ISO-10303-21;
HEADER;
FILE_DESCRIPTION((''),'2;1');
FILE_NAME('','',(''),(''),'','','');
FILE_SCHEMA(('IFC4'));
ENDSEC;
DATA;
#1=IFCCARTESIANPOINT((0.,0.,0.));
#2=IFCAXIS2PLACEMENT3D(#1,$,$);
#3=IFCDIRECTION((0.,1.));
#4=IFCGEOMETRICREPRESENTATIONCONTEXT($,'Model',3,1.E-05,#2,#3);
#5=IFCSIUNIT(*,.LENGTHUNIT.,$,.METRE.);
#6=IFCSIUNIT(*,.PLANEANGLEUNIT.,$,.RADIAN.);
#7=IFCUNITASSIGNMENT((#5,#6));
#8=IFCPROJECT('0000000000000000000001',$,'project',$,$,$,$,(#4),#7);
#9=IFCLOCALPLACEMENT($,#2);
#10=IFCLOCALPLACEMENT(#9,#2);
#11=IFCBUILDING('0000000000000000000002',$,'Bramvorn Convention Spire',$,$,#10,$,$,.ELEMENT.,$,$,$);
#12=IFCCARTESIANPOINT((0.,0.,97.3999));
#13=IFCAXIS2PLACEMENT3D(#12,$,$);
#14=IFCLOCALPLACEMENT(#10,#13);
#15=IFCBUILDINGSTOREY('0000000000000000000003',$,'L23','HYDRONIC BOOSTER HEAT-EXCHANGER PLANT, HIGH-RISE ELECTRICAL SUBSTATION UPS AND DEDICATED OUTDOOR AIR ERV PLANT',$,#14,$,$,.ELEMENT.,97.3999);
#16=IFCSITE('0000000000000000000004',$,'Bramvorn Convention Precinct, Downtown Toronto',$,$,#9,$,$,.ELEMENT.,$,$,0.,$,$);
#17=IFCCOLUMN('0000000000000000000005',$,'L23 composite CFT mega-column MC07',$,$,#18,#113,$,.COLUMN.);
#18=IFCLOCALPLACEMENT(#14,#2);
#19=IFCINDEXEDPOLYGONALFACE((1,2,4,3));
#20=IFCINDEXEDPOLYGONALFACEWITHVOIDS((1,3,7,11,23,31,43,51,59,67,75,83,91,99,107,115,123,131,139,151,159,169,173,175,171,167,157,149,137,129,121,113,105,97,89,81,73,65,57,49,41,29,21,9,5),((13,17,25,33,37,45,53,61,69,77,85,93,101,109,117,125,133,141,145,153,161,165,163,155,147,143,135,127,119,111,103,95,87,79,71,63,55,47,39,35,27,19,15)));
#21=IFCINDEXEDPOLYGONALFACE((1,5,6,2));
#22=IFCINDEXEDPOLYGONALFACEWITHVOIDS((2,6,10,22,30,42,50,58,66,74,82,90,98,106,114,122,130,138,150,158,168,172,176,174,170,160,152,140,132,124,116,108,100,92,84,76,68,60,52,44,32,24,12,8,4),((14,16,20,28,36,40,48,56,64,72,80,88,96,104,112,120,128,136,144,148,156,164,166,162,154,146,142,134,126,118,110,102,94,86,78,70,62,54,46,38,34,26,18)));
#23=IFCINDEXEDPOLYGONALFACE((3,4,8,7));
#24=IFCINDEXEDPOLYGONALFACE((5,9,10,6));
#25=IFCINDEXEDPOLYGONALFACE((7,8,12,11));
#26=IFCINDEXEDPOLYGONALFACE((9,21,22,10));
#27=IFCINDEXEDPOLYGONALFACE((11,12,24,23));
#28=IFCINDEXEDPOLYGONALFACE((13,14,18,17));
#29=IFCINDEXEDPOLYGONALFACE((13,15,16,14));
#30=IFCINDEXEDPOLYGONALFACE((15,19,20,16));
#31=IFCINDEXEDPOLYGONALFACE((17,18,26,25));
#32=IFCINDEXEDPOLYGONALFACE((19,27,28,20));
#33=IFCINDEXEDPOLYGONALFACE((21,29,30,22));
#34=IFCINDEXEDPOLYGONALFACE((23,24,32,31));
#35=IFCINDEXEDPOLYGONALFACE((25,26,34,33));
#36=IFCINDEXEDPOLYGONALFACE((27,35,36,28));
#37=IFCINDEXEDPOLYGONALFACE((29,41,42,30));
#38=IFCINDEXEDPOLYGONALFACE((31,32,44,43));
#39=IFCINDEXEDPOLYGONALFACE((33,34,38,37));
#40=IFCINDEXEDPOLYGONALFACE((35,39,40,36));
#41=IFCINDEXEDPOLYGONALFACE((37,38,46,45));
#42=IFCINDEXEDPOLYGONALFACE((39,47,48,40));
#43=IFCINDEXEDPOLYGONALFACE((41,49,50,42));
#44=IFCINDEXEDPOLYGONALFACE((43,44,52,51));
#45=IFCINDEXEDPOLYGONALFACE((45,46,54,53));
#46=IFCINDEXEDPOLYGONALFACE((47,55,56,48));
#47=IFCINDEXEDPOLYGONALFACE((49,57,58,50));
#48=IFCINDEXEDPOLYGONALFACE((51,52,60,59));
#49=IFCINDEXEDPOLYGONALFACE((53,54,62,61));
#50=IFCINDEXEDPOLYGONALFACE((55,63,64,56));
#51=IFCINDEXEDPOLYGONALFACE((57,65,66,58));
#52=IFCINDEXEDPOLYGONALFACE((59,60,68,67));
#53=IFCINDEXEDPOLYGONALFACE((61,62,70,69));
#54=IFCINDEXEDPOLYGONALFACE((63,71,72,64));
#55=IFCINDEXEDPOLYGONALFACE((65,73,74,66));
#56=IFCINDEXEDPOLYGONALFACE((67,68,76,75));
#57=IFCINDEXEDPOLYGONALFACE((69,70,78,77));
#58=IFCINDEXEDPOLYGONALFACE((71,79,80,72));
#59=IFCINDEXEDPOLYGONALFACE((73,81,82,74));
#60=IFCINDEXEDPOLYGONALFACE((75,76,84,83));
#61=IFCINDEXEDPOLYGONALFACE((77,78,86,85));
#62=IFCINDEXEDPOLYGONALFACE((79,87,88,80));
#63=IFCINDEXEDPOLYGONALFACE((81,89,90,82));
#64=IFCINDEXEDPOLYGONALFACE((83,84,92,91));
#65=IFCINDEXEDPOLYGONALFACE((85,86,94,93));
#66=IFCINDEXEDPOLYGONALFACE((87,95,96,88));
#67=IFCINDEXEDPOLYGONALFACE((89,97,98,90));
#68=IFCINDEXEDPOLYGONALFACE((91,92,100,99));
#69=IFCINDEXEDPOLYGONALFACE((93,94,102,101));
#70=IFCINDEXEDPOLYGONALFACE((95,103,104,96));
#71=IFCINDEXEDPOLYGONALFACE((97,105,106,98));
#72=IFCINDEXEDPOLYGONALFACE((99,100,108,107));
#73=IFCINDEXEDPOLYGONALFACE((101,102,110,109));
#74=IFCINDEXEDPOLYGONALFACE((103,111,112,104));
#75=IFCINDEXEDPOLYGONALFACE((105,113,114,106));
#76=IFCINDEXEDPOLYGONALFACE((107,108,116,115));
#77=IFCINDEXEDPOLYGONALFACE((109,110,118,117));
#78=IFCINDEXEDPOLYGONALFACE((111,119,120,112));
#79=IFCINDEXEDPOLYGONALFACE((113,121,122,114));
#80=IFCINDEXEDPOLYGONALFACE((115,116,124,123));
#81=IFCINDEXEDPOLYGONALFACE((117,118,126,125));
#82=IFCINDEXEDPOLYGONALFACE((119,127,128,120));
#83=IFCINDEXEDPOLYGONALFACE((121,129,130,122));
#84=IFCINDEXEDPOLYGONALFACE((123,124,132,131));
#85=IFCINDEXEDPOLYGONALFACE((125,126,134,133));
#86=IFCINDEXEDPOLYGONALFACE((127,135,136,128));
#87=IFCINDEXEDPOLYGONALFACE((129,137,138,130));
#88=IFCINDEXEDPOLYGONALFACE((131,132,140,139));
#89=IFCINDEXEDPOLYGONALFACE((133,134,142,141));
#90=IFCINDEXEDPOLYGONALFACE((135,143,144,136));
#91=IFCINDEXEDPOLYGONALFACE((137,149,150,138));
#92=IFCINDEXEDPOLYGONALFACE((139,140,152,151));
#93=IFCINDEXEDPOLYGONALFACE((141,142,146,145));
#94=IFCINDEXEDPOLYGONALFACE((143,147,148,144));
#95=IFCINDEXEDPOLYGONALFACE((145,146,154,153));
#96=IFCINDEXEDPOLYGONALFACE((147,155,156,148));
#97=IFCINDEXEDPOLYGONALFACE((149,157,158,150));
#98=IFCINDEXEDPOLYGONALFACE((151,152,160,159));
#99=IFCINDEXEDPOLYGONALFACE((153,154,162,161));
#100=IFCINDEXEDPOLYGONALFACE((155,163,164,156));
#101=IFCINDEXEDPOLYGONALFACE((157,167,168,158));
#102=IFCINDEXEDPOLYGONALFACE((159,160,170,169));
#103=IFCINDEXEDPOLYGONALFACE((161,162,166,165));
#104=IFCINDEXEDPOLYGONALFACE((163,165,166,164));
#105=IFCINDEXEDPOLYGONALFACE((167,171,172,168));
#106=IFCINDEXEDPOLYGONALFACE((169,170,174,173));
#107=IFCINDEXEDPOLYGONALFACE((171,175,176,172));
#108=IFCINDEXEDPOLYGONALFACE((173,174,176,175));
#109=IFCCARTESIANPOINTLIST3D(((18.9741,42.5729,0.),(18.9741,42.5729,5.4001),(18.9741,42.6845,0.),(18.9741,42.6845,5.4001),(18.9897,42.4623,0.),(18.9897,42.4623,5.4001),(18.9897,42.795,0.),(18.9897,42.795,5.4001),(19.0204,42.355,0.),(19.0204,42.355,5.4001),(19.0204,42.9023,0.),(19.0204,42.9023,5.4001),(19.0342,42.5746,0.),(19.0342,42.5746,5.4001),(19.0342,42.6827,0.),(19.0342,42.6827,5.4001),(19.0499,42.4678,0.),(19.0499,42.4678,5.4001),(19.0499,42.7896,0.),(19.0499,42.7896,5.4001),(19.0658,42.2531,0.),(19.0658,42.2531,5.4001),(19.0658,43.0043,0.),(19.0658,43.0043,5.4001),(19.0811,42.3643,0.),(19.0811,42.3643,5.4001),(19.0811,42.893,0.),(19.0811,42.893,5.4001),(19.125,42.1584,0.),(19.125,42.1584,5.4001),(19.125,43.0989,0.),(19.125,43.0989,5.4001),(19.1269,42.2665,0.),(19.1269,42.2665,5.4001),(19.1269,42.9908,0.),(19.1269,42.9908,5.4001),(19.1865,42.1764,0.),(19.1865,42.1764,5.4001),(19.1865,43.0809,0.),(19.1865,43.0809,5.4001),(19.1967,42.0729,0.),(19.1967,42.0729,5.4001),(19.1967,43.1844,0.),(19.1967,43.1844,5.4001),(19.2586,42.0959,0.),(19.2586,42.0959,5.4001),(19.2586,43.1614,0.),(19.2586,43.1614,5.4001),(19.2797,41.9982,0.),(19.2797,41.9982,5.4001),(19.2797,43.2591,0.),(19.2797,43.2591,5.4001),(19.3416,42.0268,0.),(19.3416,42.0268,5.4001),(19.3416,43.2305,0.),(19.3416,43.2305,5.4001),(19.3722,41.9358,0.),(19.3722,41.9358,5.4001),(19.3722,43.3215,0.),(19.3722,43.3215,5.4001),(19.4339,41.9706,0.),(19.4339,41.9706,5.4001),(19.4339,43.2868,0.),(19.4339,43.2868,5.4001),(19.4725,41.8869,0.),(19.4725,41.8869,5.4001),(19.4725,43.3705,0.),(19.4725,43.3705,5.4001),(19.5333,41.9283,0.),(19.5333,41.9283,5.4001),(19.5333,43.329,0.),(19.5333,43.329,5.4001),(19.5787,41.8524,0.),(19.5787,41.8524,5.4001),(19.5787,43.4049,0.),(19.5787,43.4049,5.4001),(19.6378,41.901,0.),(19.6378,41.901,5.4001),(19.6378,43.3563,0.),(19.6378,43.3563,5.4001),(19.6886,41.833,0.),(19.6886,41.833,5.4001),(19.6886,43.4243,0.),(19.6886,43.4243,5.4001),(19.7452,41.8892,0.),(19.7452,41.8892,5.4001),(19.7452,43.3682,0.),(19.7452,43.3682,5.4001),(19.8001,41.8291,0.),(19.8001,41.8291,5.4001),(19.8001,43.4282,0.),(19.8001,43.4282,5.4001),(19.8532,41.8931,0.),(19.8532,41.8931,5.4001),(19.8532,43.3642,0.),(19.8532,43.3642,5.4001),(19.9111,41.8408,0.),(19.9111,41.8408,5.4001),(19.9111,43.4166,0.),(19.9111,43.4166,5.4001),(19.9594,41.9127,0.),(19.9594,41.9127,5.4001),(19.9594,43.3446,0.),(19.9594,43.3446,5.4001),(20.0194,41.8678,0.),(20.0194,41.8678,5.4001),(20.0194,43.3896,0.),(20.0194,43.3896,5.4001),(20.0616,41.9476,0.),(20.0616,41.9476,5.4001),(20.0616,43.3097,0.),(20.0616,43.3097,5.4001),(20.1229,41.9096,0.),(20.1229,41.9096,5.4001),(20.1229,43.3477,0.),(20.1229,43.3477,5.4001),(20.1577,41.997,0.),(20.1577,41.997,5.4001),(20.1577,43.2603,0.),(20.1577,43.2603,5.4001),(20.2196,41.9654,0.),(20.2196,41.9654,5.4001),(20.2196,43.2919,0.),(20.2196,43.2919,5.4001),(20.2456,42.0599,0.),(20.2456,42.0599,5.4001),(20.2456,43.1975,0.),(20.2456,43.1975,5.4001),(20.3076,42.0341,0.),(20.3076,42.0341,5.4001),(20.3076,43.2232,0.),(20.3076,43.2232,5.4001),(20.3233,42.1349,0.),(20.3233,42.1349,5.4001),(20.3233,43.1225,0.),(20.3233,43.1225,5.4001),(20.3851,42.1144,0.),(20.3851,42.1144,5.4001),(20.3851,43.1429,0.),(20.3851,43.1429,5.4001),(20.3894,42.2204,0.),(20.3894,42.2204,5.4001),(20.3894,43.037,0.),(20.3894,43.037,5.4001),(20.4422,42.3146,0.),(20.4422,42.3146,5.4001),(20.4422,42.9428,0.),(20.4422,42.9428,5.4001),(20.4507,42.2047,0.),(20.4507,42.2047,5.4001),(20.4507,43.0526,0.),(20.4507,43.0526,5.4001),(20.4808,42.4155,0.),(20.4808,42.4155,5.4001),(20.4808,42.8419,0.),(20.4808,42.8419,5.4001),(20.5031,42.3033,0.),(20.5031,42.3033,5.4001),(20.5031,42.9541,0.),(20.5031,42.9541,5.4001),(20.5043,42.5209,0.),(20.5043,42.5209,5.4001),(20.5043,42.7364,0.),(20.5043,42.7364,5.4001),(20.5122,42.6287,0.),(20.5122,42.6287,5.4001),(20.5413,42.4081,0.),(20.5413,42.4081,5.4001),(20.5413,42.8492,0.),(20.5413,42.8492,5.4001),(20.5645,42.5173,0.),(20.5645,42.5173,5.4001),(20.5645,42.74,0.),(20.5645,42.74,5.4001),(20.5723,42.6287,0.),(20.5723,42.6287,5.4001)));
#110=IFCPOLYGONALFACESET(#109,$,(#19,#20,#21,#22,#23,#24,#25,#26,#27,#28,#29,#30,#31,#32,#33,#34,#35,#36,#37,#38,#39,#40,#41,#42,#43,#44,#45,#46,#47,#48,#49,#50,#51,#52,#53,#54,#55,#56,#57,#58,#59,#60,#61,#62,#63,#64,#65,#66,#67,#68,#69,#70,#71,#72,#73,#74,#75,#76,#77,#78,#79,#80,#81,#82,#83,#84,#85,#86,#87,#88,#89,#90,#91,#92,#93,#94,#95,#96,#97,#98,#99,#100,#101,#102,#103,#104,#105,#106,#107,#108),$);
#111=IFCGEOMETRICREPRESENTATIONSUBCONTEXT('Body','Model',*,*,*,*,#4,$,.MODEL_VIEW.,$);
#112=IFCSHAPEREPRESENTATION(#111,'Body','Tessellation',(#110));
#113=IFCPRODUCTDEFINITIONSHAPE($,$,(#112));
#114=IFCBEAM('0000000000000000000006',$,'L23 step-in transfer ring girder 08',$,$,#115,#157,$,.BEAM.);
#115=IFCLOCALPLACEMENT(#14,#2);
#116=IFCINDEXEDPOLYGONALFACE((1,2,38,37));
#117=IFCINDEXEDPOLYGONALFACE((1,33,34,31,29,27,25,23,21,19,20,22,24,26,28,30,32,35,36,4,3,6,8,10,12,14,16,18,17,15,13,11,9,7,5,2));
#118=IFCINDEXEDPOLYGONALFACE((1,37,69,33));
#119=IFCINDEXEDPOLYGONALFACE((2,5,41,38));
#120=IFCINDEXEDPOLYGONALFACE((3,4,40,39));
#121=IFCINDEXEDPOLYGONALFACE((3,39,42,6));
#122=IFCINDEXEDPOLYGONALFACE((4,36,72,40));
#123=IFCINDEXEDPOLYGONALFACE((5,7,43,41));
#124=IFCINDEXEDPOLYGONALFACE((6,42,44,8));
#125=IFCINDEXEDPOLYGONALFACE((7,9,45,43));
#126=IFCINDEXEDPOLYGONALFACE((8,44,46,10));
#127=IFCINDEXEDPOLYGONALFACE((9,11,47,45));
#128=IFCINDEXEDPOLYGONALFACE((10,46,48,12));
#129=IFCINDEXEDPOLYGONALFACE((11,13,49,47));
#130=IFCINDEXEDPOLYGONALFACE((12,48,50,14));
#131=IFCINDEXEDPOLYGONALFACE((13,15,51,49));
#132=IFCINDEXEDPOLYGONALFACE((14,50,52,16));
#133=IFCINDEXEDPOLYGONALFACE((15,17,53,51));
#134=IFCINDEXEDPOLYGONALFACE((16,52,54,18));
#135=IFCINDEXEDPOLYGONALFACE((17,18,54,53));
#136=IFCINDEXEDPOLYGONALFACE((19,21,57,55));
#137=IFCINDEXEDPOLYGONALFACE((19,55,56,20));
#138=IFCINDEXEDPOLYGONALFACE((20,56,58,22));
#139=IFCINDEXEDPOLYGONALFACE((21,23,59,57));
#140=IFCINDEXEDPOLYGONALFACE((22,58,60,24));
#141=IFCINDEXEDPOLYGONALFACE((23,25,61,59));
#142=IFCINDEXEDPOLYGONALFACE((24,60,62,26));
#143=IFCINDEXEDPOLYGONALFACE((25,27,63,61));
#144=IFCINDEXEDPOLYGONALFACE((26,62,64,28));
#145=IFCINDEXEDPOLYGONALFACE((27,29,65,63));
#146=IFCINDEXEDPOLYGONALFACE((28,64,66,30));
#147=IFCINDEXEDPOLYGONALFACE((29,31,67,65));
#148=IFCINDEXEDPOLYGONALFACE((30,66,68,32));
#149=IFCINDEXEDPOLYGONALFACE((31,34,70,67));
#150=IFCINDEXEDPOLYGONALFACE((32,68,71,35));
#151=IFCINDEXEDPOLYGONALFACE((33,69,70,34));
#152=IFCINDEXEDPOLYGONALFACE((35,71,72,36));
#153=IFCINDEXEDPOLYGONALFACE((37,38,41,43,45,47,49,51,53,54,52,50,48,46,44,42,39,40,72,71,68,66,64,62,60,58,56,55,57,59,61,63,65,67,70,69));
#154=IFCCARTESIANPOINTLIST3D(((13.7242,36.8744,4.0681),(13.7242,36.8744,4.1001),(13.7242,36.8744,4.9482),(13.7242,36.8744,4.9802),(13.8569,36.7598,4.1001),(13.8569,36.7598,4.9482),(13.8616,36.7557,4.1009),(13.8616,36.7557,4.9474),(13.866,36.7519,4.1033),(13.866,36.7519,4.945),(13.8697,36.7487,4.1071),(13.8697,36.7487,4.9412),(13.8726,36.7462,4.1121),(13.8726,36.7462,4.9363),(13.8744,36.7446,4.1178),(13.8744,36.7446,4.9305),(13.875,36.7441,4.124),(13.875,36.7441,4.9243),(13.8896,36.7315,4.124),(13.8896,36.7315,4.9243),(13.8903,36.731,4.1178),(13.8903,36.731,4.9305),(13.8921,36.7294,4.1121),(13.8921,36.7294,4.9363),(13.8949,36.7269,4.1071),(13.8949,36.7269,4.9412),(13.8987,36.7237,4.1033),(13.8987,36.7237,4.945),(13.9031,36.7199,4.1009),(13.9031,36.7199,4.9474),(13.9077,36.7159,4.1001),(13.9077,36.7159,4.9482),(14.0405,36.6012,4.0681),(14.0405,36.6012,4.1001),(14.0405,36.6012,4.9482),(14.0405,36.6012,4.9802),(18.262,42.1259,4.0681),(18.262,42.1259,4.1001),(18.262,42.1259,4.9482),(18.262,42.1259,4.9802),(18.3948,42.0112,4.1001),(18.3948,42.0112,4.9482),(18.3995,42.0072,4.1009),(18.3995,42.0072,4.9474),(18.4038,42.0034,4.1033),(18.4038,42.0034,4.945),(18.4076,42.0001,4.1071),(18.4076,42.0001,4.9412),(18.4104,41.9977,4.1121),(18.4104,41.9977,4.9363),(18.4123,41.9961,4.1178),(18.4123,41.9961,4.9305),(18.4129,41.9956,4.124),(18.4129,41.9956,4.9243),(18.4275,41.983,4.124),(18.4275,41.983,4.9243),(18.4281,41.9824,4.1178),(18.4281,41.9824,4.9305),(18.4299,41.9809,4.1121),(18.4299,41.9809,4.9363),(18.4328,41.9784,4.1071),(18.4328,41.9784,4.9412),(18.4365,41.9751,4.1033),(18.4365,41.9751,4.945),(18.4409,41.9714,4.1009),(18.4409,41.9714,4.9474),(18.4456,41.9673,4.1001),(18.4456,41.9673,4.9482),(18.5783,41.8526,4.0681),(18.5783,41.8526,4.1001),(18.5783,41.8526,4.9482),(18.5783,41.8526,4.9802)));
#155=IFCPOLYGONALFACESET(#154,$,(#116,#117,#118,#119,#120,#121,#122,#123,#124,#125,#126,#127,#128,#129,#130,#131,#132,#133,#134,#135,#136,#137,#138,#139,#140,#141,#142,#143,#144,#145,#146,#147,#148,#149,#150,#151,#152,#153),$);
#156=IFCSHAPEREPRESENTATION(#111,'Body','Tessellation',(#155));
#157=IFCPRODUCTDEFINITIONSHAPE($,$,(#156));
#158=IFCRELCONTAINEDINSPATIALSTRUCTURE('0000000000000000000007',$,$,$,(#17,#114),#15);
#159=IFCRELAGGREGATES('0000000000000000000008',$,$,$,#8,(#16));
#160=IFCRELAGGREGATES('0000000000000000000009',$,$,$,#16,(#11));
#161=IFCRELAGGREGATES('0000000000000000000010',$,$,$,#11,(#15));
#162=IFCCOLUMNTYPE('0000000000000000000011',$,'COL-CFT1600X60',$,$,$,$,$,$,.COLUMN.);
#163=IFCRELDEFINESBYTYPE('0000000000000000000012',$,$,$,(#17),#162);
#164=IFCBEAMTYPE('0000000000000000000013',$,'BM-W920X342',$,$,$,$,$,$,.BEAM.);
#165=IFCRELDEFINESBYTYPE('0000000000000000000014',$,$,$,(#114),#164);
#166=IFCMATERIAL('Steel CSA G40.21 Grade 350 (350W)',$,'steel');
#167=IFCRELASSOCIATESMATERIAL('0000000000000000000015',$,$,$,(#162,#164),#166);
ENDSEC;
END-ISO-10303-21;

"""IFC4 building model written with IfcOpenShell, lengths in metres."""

from ifc_helpers import new_model, si_unit, direction, frame, origin, origin_2d, place, context, subcontext, project, spatial, hollow_circle, i_section, extrude, material, material_profile, profile_set, type_object, element, save


model = new_model("IFC4")

# Units and contexts
model_context = context("Model", 3, precision=1e-05, world=origin(), true_north=direction((0.0, 1.0)))
body_context = subcontext(model_context, "Body", "Model", "MODEL_VIEW")
ifc_project = project(units=[si_unit("LENGTHUNIT", "METRE"), si_unit("PLANEANGLEUNIT", "RADIAN")], contexts=[model_context])

# Site, building, storey
site_placement = place(None, origin())
site = spatial("IfcSite", under=ifc_project, at=site_placement, Name="Bramvorn Convention Precinct, Downtown Toronto", CompositionType="ELEMENT", RefElevation=0.0)
building_placement = place(site_placement, origin())
building = spatial("IfcBuilding", under=site, at=building_placement, Name="Bramvorn Convention Spire", CompositionType="ELEMENT")
storey_placement = place(building_placement, frame((0.0, 0.0, 97.3999)))
storey = spatial("IfcBuildingStorey", under=building, at=storey_placement, Name="L23", Description="HYDRONIC BOOSTER HEAT-EXCHANGER PLANT, HIGH-RISE ELECTRICAL SUBSTATION UPS AND DEDICATED OUTDOOR AIR ERV PLANT", CompositionType="ELEMENT", Elevation=97.3999)

# Column
ifc_material_1 = material(Name="Steel CSA G40.21 Grade 350 (350W)", Category="steel")
ifc_material_profile_1 = material_profile(ifc_material_1, hollow_circle(Radius=0.8, WallThickness=0.0601, at=origin_2d()))
ifc_profile_set_1 = profile_set([ifc_material_profile_1], Name="Steel CSA G40.21 Grade 350 (350W) - CFT1600X60")
column_type = type_object("IfcColumnType", Name="COL-CFT1600X60", PredefinedType="COLUMN", material=ifc_profile_set_1)
column_placement = place(storey_placement, frame((19.7722, 42.6287, 0.0), z_axis=(0.0, 0.0, 1.0), x_axis=(1.0, 0.0, 0.0)))
element("IfcColumn", 1, at=column_placement, inside=storey, type_object=column_type, Name="L23 composite CFT mega-column MC07", PredefinedType="COLUMN", context=body_context, shape_type="SweptSolid", body=[
    extrude(hollow_circle(Radius=0.8, WallThickness=0.0601, at=origin_2d()), origin(), (0.0, 0.0, 1.0), 5.4001),
])

# Beam
ifc_material_profile_2 = material_profile(ifc_material_1, i_section(OverallWidth=0.418, OverallDepth=0.9121, WebThickness=0.0193, FlangeThickness=0.032, FilletRadius=0.0239, at=origin_2d()))
ifc_profile_set_2 = profile_set([ifc_material_profile_2], Name="Steel CSA G40.21 Grade 350 (350W) - W920X342")
beam_type = type_object("IfcBeamType", Name="BM-W920X342", PredefinedType="BEAM", material=ifc_profile_set_2)
beam_placement = place(storey_placement, frame((18.4202, 41.9893, 4.5242), z_axis=(-0.653825, -0.756646, 0.0), x_axis=(0.756646, -0.653825, 0.0)))
element("IfcBeam", 2, at=beam_placement, inside=storey, type_object=beam_type, Name="L23 step-in transfer ring girder 08", PredefinedType="BEAM", context=body_context, shape_type="SweptSolid", body=[
    extrude(i_section(OverallWidth=0.418, OverallDepth=0.9121, WebThickness=0.0193, FlangeThickness=0.032, FilletRadius=0.0239, at=origin_2d()), origin(), (0.0, 0.0, 1.0), 6.9404),
])

save(model, "model.ifc")
